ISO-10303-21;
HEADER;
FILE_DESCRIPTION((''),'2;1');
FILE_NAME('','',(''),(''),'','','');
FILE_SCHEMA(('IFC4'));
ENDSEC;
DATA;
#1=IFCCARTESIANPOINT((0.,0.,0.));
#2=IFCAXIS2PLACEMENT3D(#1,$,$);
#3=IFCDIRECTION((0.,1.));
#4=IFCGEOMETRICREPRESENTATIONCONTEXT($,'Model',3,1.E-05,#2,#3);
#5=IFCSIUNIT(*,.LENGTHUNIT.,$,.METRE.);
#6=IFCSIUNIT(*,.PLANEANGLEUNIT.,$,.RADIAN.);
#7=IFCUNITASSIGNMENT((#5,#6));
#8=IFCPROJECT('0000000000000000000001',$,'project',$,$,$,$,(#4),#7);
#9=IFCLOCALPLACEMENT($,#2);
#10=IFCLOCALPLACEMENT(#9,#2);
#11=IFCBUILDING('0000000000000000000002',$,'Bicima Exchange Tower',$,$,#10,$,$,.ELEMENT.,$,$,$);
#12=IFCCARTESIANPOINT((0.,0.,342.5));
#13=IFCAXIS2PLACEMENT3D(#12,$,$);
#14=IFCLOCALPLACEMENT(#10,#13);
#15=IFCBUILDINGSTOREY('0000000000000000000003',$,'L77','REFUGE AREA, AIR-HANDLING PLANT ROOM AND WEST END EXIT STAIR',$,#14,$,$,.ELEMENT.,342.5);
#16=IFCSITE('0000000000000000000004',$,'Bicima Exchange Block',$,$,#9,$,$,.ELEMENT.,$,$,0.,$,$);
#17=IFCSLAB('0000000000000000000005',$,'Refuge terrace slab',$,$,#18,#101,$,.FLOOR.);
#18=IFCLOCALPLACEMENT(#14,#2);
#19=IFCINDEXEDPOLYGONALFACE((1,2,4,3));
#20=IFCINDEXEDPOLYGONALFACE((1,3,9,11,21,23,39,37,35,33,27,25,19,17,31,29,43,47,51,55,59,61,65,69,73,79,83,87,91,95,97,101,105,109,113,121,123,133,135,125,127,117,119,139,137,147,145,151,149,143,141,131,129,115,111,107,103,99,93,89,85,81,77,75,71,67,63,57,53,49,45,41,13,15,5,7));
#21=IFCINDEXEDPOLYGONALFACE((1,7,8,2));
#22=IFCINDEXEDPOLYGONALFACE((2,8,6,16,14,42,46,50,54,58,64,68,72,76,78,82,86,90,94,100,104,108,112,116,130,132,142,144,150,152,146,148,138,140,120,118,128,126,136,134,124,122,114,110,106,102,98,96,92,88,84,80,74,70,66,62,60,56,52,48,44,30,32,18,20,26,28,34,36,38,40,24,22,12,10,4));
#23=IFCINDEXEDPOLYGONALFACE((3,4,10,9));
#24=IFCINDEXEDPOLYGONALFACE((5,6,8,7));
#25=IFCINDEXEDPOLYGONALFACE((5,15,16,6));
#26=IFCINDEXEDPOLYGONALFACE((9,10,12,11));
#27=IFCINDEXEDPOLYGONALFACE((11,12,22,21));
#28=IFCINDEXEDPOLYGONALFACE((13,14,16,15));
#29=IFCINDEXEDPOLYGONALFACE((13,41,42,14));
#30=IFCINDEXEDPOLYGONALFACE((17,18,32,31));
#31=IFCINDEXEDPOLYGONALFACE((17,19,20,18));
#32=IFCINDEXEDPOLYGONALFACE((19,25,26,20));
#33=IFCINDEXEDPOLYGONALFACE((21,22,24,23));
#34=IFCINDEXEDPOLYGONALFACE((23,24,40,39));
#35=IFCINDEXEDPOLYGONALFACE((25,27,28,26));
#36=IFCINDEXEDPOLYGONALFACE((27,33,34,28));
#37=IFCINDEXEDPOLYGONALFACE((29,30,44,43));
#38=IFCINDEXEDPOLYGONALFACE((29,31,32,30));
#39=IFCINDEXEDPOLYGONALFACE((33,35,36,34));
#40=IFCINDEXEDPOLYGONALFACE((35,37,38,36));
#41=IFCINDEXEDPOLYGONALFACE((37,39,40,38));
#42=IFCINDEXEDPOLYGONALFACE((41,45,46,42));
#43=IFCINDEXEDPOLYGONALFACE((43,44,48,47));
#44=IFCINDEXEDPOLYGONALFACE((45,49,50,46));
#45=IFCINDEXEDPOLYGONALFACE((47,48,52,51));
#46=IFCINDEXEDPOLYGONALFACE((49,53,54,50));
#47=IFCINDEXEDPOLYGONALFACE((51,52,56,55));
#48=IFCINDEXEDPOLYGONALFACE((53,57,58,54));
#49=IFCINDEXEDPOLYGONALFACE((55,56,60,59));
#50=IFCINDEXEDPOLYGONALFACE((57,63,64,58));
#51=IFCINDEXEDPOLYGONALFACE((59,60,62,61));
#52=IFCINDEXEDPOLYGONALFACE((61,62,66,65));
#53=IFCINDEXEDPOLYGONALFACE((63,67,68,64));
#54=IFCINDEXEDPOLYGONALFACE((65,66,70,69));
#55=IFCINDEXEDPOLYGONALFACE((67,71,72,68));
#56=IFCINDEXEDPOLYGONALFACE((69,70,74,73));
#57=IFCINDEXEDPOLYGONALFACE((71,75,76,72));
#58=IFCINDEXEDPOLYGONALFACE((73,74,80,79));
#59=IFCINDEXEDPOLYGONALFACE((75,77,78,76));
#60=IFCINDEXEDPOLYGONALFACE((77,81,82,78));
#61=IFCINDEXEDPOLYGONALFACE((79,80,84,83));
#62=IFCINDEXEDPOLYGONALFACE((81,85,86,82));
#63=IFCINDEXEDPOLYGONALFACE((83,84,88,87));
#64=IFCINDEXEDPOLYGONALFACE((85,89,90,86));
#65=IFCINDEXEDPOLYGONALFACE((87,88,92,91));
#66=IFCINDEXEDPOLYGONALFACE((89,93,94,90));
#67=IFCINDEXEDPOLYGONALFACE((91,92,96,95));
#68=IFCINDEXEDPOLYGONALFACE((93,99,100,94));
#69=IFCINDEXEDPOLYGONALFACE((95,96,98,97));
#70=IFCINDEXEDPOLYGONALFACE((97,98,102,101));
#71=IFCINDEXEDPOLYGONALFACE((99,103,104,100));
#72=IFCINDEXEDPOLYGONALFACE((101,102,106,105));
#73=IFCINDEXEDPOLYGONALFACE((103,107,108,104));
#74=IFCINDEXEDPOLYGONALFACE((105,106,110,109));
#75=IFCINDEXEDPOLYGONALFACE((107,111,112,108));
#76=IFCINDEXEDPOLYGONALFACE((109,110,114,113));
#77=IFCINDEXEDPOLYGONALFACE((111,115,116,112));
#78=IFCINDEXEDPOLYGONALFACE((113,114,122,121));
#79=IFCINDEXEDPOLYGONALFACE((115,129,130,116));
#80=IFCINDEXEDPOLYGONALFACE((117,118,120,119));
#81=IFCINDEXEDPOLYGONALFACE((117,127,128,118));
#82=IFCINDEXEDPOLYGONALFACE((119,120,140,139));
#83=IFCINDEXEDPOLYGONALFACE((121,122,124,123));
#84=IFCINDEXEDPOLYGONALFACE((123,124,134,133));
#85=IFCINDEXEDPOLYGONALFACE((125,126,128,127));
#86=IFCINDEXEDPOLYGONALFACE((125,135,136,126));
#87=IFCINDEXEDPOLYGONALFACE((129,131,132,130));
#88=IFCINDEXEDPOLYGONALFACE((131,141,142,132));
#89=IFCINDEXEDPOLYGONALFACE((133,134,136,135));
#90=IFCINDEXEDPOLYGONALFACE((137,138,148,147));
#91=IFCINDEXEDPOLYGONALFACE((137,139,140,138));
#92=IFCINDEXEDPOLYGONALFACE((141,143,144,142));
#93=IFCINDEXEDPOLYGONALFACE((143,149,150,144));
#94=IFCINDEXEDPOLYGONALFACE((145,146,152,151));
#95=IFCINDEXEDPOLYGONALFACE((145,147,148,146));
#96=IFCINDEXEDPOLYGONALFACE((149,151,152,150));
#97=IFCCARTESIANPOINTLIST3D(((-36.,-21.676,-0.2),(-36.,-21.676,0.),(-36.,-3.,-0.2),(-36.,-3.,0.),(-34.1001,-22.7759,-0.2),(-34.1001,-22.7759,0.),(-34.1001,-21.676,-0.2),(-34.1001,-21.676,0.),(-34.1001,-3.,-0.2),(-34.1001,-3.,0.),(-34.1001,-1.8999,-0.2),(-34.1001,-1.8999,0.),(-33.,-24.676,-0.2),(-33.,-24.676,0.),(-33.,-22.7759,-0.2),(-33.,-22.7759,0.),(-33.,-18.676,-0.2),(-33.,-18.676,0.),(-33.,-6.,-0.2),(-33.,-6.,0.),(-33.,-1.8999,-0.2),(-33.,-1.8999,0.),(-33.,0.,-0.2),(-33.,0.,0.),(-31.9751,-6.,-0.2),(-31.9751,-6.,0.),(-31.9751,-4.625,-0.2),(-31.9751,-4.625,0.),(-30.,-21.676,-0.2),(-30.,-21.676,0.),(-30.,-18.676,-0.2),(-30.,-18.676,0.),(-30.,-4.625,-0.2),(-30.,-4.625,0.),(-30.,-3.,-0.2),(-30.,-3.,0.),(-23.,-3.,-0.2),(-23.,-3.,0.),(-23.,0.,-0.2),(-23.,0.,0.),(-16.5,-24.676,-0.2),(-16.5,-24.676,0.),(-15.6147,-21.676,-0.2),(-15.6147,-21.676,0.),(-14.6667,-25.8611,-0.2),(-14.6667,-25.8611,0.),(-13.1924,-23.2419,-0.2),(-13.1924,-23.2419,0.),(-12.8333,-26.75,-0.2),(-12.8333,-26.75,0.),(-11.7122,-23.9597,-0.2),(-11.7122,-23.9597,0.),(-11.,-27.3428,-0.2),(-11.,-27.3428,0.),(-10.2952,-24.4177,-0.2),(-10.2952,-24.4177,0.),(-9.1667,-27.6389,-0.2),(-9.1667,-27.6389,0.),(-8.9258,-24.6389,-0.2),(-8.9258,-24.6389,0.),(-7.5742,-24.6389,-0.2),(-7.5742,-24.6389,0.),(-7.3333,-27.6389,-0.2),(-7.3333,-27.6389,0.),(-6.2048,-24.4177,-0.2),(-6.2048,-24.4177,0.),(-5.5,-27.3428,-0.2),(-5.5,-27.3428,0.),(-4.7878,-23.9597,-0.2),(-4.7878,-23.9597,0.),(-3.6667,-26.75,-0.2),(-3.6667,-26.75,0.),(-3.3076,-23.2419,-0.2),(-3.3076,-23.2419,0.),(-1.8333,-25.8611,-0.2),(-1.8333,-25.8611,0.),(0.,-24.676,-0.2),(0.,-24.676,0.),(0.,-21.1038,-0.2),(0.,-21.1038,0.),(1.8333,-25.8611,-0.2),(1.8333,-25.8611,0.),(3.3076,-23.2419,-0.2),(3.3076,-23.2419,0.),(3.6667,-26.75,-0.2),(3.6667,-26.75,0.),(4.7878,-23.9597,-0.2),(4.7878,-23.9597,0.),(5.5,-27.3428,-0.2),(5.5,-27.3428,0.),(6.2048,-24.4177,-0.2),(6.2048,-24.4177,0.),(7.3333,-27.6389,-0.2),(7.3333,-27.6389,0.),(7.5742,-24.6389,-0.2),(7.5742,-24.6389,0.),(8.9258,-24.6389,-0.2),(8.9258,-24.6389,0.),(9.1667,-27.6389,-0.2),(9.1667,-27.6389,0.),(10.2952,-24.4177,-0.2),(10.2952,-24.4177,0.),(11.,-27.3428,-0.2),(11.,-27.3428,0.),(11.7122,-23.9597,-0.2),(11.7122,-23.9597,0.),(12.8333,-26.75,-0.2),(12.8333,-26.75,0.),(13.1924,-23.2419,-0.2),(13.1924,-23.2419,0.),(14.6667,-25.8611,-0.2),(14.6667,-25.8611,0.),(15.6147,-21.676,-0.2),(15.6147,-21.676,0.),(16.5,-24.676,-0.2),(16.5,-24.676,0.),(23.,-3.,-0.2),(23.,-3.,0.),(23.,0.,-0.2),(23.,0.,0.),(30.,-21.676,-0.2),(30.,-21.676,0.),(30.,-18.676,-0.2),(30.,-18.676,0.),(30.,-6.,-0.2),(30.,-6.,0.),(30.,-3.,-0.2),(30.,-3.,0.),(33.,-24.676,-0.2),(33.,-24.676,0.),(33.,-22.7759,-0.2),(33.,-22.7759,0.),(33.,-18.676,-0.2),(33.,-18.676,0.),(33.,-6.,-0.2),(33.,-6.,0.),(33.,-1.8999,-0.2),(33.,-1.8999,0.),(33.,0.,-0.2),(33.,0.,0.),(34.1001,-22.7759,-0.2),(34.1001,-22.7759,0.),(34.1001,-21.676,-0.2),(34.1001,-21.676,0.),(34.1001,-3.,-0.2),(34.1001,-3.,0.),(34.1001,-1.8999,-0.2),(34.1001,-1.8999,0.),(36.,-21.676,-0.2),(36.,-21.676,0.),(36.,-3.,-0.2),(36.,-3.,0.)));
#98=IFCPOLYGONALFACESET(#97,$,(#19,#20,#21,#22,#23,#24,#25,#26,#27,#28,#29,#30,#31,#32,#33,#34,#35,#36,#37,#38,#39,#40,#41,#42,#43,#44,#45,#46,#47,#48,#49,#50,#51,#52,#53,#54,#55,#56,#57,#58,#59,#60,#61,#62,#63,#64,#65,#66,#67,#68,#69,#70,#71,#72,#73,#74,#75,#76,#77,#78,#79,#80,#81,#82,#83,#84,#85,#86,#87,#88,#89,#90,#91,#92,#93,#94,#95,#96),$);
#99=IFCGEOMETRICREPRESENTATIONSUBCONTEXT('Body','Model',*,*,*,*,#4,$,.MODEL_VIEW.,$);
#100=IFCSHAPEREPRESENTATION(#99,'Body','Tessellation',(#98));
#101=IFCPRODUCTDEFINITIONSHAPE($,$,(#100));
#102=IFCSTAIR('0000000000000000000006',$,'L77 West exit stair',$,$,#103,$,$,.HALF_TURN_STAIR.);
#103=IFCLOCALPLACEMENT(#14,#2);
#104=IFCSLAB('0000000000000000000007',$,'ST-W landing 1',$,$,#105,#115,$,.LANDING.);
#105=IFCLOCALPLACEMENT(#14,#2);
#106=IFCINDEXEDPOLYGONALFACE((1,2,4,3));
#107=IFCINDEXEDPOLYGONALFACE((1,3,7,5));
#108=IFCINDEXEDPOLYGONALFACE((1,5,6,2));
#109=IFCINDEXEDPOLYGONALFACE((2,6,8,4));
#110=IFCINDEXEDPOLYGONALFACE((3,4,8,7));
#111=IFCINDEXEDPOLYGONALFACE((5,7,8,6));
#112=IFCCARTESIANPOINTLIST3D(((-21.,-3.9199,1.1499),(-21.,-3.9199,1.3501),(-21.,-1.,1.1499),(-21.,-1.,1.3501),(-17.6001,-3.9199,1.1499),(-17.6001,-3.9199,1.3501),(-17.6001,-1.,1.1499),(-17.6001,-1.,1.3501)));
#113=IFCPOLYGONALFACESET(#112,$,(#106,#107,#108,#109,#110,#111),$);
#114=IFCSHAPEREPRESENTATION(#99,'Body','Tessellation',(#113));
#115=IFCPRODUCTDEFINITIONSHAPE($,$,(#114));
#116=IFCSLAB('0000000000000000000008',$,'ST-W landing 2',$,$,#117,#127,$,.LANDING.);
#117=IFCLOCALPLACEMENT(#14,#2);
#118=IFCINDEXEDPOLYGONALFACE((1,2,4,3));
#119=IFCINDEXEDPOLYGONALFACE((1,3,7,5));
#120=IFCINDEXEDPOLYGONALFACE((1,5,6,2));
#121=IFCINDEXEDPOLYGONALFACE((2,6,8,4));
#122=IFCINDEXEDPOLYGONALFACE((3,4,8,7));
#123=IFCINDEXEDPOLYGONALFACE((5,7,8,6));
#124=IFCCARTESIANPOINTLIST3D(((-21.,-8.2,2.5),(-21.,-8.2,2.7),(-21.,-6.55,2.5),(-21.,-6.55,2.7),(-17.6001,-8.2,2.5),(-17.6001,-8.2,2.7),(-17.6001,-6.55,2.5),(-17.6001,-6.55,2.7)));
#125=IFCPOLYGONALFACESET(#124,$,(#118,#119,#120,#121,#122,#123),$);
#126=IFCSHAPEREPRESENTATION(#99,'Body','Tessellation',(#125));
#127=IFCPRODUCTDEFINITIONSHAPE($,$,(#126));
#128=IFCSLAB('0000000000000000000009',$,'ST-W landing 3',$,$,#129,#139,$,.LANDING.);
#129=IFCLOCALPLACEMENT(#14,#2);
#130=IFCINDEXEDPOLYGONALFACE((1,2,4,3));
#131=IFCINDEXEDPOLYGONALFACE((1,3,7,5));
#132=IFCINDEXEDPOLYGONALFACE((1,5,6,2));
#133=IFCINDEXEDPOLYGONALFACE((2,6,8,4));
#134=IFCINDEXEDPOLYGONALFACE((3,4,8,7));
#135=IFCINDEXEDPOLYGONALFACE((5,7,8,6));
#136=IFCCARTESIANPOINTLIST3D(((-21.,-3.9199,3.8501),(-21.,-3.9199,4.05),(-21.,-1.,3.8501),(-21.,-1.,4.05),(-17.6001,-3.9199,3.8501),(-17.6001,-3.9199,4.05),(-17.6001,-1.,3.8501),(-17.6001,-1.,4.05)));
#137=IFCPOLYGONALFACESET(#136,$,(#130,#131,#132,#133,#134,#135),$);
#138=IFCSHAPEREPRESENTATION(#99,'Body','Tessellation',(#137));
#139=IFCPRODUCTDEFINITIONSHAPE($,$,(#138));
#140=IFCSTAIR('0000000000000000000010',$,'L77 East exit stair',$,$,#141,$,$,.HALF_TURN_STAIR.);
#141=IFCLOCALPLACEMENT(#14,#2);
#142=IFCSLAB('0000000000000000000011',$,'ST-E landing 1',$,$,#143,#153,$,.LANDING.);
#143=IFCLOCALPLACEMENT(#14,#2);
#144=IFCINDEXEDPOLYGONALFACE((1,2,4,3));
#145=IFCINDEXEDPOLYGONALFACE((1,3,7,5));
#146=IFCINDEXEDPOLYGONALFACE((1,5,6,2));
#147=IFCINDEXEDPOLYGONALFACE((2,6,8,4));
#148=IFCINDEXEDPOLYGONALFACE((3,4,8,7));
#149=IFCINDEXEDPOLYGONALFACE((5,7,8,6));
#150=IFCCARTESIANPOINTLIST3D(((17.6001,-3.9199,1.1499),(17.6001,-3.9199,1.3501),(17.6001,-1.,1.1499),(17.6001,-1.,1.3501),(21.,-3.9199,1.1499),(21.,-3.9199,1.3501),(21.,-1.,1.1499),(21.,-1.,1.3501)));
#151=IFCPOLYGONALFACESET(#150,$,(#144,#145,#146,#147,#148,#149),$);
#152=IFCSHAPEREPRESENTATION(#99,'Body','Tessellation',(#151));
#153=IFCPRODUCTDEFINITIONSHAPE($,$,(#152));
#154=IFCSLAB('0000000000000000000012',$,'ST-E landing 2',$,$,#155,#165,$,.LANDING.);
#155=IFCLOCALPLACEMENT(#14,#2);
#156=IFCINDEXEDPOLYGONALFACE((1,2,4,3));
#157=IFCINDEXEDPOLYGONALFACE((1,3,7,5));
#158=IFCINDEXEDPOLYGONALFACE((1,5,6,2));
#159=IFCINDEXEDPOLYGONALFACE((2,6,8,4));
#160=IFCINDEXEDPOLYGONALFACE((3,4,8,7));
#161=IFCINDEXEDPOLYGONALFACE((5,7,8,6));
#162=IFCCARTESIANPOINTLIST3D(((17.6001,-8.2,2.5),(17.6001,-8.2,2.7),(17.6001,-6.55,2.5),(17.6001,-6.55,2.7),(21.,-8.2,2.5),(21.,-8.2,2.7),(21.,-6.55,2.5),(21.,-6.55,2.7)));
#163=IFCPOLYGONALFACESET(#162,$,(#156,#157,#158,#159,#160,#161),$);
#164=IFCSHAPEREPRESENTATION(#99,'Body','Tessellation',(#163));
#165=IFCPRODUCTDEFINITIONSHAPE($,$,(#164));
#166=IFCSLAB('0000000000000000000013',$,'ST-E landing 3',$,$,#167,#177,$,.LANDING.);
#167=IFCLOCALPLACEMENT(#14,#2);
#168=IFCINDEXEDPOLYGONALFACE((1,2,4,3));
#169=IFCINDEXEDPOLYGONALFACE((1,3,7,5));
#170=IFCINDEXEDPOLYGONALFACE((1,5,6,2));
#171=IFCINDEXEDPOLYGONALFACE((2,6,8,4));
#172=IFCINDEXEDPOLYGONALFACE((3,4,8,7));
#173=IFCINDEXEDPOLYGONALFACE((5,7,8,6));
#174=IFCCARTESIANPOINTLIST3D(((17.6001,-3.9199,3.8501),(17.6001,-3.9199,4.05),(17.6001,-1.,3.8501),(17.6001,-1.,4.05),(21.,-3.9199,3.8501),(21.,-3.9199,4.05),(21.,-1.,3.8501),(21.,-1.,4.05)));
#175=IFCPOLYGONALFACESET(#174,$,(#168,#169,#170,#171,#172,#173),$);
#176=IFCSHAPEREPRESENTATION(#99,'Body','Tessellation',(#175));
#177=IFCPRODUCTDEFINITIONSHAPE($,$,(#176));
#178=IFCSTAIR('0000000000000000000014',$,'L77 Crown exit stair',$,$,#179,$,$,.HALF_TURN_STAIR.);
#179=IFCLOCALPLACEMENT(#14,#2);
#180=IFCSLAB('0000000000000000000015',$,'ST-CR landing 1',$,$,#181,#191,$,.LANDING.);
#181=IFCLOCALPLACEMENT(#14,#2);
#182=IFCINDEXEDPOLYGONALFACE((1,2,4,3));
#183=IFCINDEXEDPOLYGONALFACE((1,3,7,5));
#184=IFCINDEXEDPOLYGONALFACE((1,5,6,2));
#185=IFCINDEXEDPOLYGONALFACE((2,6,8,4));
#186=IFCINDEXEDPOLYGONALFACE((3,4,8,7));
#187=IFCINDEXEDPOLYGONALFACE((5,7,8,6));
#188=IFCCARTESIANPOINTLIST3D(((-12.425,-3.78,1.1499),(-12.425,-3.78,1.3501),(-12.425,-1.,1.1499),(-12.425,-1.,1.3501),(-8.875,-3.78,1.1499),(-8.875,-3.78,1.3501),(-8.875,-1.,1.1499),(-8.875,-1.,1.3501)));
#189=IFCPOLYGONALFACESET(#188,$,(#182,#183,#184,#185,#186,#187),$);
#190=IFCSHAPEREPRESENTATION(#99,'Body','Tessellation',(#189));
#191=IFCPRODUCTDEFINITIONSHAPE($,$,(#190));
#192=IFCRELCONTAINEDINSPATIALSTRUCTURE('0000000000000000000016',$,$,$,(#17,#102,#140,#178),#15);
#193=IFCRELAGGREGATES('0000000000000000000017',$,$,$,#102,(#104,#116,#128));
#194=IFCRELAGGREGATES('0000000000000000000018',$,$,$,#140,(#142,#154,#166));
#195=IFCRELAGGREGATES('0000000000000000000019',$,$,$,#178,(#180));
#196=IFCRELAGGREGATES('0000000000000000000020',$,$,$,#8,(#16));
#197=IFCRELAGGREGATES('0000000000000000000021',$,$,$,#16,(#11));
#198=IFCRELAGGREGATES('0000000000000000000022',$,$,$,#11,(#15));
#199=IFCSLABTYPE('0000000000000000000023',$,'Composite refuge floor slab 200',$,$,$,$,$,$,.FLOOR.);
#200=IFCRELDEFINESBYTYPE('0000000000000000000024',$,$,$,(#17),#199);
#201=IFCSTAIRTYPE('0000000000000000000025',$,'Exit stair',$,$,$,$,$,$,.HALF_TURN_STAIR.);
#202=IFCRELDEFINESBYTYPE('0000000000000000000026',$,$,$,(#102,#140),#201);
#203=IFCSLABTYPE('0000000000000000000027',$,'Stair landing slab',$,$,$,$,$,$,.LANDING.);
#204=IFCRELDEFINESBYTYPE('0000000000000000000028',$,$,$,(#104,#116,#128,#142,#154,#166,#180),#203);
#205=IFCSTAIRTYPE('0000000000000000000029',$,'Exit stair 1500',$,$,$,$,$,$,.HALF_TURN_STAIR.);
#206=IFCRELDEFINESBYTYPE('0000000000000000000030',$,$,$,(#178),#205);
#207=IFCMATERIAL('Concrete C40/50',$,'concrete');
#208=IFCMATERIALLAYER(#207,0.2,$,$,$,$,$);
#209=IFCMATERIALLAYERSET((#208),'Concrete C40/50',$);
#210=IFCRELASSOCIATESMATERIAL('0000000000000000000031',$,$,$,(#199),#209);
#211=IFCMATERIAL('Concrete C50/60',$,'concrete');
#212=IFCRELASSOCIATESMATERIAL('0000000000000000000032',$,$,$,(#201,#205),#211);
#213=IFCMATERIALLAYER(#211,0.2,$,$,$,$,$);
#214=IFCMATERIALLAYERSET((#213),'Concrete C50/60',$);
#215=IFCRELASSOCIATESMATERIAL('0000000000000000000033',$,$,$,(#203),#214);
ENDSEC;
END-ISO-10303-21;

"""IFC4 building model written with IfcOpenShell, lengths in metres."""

from ifc_helpers import new_model, si_unit, direction, frame, origin, place, context, subcontext, project, spatial, polyline, outline, extrude, material, layer, layer_set, type_object, element, aggregate, save


model = new_model("IFC4")

# Units and contexts
model_context = context("Model", 3, precision=1e-05, world=origin(), true_north=direction((0.0, 1.0)))
body_context = subcontext(model_context, "Body", "Model", "MODEL_VIEW")
ifc_project = project(units=[si_unit("LENGTHUNIT", "METRE"), si_unit("PLANEANGLEUNIT", "RADIAN")], contexts=[model_context])

# Site, building, storey
site_placement = place(None, origin())
site = spatial("IfcSite", under=ifc_project, at=site_placement, Name="Bicima Exchange Block", CompositionType="ELEMENT", RefElevation=0.0)
building_placement = place(site_placement, origin())
building = spatial("IfcBuilding", under=site, at=building_placement, Name="Bicima Exchange Tower", CompositionType="ELEMENT")
storey_placement = place(building_placement, frame((0.0, 0.0, 342.5)))
storey = spatial("IfcBuildingStorey", under=building, at=storey_placement, Name="L77", Description="REFUGE AREA, AIR-HANDLING PLANT ROOM AND WEST END EXIT STAIR", CompositionType="ELEMENT", Elevation=342.5)

# Slab
ifc_material_1 = material(Name="Concrete C40/50", Category="concrete")
ifc_layer_1 = layer(ifc_material_1, 0.2)
ifc_layer_set_1 = layer_set([ifc_layer_1], Name="Concrete C40/50")
slab_type_1 = type_object("IfcSlabType", Name="Composite refuge floor slab 200", PredefinedType="FLOOR", material=ifc_layer_set_1)
slab_1_placement = place(storey_placement, frame((0.0, 0.0, -0.2)))
element("IfcSlab", 1, at=slab_1_placement, inside=storey, type_object=slab_type_1, Name="Refuge terrace slab", PredefinedType="FLOOR", context=body_context, shape_type="SweptSolid", body=[
    extrude(outline(polyline([(-33.0, -6.0), (-33.0, -18.676), (-30.0, -18.676), (-30.0, -21.676), (-15.6147, -21.676), (-13.1924, -23.2419), (-11.7122, -23.9597), (-10.2952, -24.4177), (-8.9258, -24.6389), (-7.5742, -24.6389), (-6.2048, -24.4177), (-4.7878, -23.9597), (-3.3076, -23.2419), (0.0, -21.1038), (3.3076, -23.2419), (4.7878, -23.9597), (6.2048, -24.4177), (7.5742, -24.6389), (8.9258, -24.6389), (10.2952, -24.4177), (11.7122, -23.9597), (13.1924, -23.2419), (15.6147, -21.676), (30.0, -21.676), (30.0, -18.676), (33.0, -18.676), (33.0, -6.0), (30.0, -6.0), (30.0, -3.0), (23.0, -3.0), (23.0, 0.0), (33.0, 0.0), (33.0, -1.8999), (34.1001, -1.8999), (34.1001, -3.0), (36.0, -3.0), (36.0, -21.676), (34.1001, -21.676), (34.1001, -22.7759), (33.0, -22.7759), (33.0, -24.676), (16.5, -24.676), (14.6667, -25.8611), (12.8333, -26.75), (11.0, -27.3428), (9.1667, -27.6389), (7.3333, -27.6389), (5.5, -27.3428), (3.6667, -26.75), (1.8333, -25.8611), (0.0, -24.676), (-1.8333, -25.8611), (-3.6667, -26.75), (-5.5, -27.3428), (-7.3333, -27.6389), (-9.1667, -27.6389), (-11.0, -27.3428), (-12.8333, -26.75), (-14.6667, -25.8611), (-16.5, -24.676), (-33.0, -24.676), (-33.0, -22.7759), (-34.1001, -22.7759), (-34.1001, -21.676), (-36.0, -21.676), (-36.0, -3.0), (-34.1001, -3.0), (-34.1001, -1.8999), (-33.0, -1.8999), (-33.0, 0.0), (-23.0, 0.0), (-23.0, -3.0), (-30.0, -3.0), (-30.0, -4.625), (-31.9751, -4.625), (-31.9751, -6.0), (-33.0, -6.0)])), origin(), (0.0, 0.0, 1.0), 0.2),
])

# Stairs, slabs
ifc_material_2 = material(Name="Concrete C50/60", Category="concrete")
stair_type_1 = type_object("IfcStairType", Name="Exit stair", PredefinedType="HALF_TURN_STAIR", material=ifc_material_2)
stair_1_placement = place(storey_placement, origin())
stair_1 = element("IfcStair", 2, at=stair_1_placement, inside=storey, type_object=stair_type_1, Name="L77 West exit stair", PredefinedType="HALF_TURN_STAIR")
ifc_layer_2 = layer(ifc_material_2, 0.2)
ifc_layer_set_2 = layer_set([ifc_layer_2], Name="Concrete C50/60")
slab_type_2 = type_object("IfcSlabType", Name="Stair landing slab", PredefinedType="LANDING", material=ifc_layer_set_2)
slab_2_placement = place(storey_placement, frame((0.0, 0.0, 1.1499)))
slab_2 = element("IfcSlab", 3, at=slab_2_placement, type_object=slab_type_2, Name="ST-W landing 1", PredefinedType="LANDING", context=body_context, shape_type="SweptSolid", body=[
    extrude(outline(polyline([(-17.6001, -3.9199), (-17.6001, -1.0), (-21.0, -1.0), (-21.0, -3.9199), (-17.6001, -3.9199)])), origin(), (0.0, 0.0, 1.0), 0.2002),
])
slab_3_placement = place(storey_placement, frame((0.0, 0.0, 2.5)))
slab_3 = element("IfcSlab", 4, at=slab_3_placement, type_object=slab_type_2, Name="ST-W landing 2", PredefinedType="LANDING", context=body_context, shape_type="SweptSolid", body=[
    extrude(outline(polyline([(-17.6001, -8.2), (-17.6001, -6.55), (-21.0, -6.55), (-21.0, -8.2), (-17.6001, -8.2)])), origin(), (0.0, 0.0, 1.0), 0.2),
])
slab_4_placement = place(storey_placement, frame((0.0, 0.0, 3.8501)))
slab_4 = element("IfcSlab", 5, at=slab_4_placement, type_object=slab_type_2, Name="ST-W landing 3", PredefinedType="LANDING", context=body_context, shape_type="SweptSolid", body=[
    extrude(outline(polyline([(-17.6001, -3.9199), (-17.6001, -1.0), (-21.0, -1.0), (-21.0, -3.9199), (-17.6001, -3.9199)])), origin(), (0.0, 0.0, 1.0), 0.2),
])
aggregate(stair_1, [slab_2, slab_3, slab_4])
stair_2_placement = place(storey_placement, origin())
stair_2 = element("IfcStair", 6, at=stair_2_placement, inside=storey, type_object=stair_type_1, Name="L77 East exit stair", PredefinedType="HALF_TURN_STAIR")
slab_5_placement = place(storey_placement, frame((0.0, 0.0, 1.1499)))
slab_5 = element("IfcSlab", 7, at=slab_5_placement, type_object=slab_type_2, Name="ST-E landing 1", PredefinedType="LANDING", context=body_context, shape_type="SweptSolid", body=[
    extrude(outline(polyline([(21.0, -3.9199), (21.0, -1.0), (17.6001, -1.0), (17.6001, -3.9199), (21.0, -3.9199)])), origin(), (0.0, 0.0, 1.0), 0.2002),
])
slab_6_placement = place(storey_placement, frame((0.0, 0.0, 2.5)))
slab_6 = element("IfcSlab", 8, at=slab_6_placement, type_object=slab_type_2, Name="ST-E landing 2", PredefinedType="LANDING", context=body_context, shape_type="SweptSolid", body=[
    extrude(outline(polyline([(21.0, -8.2), (21.0, -6.55), (17.6001, -6.55), (17.6001, -8.2), (21.0, -8.2)])), origin(), (0.0, 0.0, 1.0), 0.2),
])
slab_7_placement = place(storey_placement, frame((0.0, 0.0, 3.8501)))
slab_7 = element("IfcSlab", 9, at=slab_7_placement, type_object=slab_type_2, Name="ST-E landing 3", PredefinedType="LANDING", context=body_context, shape_type="SweptSolid", body=[
    extrude(outline(polyline([(21.0, -3.9199), (21.0, -1.0), (17.6001, -1.0), (17.6001, -3.9199), (21.0, -3.9199)])), origin(), (0.0, 0.0, 1.0), 0.2),
])
aggregate(stair_2, [slab_5, slab_6, slab_7])
stair_type_2 = type_object("IfcStairType", Name="Exit stair 1500", PredefinedType="HALF_TURN_STAIR", material=ifc_material_2)
stair_3_placement = place(storey_placement, origin())
stair_3 = element("IfcStair", 10, at=stair_3_placement, inside=storey, type_object=stair_type_2, Name="L77 Crown exit stair", PredefinedType="HALF_TURN_STAIR")
slab_8_placement = place(storey_placement, frame((0.0, 0.0, 1.1499)))
slab_8 = element("IfcSlab", 11, at=slab_8_placement, type_object=slab_type_2, Name="ST-CR landing 1", PredefinedType="LANDING", context=body_context, shape_type="SweptSolid", body=[
    extrude(outline(polyline([(-8.875, -3.78), (-8.875, -1.0), (-12.425, -1.0), (-12.425, -3.78), (-8.875, -3.78)])), origin(), (0.0, 0.0, 1.0), 0.2002),
])
aggregate(stair_3, [slab_8])

save(model, "model.ifc")
